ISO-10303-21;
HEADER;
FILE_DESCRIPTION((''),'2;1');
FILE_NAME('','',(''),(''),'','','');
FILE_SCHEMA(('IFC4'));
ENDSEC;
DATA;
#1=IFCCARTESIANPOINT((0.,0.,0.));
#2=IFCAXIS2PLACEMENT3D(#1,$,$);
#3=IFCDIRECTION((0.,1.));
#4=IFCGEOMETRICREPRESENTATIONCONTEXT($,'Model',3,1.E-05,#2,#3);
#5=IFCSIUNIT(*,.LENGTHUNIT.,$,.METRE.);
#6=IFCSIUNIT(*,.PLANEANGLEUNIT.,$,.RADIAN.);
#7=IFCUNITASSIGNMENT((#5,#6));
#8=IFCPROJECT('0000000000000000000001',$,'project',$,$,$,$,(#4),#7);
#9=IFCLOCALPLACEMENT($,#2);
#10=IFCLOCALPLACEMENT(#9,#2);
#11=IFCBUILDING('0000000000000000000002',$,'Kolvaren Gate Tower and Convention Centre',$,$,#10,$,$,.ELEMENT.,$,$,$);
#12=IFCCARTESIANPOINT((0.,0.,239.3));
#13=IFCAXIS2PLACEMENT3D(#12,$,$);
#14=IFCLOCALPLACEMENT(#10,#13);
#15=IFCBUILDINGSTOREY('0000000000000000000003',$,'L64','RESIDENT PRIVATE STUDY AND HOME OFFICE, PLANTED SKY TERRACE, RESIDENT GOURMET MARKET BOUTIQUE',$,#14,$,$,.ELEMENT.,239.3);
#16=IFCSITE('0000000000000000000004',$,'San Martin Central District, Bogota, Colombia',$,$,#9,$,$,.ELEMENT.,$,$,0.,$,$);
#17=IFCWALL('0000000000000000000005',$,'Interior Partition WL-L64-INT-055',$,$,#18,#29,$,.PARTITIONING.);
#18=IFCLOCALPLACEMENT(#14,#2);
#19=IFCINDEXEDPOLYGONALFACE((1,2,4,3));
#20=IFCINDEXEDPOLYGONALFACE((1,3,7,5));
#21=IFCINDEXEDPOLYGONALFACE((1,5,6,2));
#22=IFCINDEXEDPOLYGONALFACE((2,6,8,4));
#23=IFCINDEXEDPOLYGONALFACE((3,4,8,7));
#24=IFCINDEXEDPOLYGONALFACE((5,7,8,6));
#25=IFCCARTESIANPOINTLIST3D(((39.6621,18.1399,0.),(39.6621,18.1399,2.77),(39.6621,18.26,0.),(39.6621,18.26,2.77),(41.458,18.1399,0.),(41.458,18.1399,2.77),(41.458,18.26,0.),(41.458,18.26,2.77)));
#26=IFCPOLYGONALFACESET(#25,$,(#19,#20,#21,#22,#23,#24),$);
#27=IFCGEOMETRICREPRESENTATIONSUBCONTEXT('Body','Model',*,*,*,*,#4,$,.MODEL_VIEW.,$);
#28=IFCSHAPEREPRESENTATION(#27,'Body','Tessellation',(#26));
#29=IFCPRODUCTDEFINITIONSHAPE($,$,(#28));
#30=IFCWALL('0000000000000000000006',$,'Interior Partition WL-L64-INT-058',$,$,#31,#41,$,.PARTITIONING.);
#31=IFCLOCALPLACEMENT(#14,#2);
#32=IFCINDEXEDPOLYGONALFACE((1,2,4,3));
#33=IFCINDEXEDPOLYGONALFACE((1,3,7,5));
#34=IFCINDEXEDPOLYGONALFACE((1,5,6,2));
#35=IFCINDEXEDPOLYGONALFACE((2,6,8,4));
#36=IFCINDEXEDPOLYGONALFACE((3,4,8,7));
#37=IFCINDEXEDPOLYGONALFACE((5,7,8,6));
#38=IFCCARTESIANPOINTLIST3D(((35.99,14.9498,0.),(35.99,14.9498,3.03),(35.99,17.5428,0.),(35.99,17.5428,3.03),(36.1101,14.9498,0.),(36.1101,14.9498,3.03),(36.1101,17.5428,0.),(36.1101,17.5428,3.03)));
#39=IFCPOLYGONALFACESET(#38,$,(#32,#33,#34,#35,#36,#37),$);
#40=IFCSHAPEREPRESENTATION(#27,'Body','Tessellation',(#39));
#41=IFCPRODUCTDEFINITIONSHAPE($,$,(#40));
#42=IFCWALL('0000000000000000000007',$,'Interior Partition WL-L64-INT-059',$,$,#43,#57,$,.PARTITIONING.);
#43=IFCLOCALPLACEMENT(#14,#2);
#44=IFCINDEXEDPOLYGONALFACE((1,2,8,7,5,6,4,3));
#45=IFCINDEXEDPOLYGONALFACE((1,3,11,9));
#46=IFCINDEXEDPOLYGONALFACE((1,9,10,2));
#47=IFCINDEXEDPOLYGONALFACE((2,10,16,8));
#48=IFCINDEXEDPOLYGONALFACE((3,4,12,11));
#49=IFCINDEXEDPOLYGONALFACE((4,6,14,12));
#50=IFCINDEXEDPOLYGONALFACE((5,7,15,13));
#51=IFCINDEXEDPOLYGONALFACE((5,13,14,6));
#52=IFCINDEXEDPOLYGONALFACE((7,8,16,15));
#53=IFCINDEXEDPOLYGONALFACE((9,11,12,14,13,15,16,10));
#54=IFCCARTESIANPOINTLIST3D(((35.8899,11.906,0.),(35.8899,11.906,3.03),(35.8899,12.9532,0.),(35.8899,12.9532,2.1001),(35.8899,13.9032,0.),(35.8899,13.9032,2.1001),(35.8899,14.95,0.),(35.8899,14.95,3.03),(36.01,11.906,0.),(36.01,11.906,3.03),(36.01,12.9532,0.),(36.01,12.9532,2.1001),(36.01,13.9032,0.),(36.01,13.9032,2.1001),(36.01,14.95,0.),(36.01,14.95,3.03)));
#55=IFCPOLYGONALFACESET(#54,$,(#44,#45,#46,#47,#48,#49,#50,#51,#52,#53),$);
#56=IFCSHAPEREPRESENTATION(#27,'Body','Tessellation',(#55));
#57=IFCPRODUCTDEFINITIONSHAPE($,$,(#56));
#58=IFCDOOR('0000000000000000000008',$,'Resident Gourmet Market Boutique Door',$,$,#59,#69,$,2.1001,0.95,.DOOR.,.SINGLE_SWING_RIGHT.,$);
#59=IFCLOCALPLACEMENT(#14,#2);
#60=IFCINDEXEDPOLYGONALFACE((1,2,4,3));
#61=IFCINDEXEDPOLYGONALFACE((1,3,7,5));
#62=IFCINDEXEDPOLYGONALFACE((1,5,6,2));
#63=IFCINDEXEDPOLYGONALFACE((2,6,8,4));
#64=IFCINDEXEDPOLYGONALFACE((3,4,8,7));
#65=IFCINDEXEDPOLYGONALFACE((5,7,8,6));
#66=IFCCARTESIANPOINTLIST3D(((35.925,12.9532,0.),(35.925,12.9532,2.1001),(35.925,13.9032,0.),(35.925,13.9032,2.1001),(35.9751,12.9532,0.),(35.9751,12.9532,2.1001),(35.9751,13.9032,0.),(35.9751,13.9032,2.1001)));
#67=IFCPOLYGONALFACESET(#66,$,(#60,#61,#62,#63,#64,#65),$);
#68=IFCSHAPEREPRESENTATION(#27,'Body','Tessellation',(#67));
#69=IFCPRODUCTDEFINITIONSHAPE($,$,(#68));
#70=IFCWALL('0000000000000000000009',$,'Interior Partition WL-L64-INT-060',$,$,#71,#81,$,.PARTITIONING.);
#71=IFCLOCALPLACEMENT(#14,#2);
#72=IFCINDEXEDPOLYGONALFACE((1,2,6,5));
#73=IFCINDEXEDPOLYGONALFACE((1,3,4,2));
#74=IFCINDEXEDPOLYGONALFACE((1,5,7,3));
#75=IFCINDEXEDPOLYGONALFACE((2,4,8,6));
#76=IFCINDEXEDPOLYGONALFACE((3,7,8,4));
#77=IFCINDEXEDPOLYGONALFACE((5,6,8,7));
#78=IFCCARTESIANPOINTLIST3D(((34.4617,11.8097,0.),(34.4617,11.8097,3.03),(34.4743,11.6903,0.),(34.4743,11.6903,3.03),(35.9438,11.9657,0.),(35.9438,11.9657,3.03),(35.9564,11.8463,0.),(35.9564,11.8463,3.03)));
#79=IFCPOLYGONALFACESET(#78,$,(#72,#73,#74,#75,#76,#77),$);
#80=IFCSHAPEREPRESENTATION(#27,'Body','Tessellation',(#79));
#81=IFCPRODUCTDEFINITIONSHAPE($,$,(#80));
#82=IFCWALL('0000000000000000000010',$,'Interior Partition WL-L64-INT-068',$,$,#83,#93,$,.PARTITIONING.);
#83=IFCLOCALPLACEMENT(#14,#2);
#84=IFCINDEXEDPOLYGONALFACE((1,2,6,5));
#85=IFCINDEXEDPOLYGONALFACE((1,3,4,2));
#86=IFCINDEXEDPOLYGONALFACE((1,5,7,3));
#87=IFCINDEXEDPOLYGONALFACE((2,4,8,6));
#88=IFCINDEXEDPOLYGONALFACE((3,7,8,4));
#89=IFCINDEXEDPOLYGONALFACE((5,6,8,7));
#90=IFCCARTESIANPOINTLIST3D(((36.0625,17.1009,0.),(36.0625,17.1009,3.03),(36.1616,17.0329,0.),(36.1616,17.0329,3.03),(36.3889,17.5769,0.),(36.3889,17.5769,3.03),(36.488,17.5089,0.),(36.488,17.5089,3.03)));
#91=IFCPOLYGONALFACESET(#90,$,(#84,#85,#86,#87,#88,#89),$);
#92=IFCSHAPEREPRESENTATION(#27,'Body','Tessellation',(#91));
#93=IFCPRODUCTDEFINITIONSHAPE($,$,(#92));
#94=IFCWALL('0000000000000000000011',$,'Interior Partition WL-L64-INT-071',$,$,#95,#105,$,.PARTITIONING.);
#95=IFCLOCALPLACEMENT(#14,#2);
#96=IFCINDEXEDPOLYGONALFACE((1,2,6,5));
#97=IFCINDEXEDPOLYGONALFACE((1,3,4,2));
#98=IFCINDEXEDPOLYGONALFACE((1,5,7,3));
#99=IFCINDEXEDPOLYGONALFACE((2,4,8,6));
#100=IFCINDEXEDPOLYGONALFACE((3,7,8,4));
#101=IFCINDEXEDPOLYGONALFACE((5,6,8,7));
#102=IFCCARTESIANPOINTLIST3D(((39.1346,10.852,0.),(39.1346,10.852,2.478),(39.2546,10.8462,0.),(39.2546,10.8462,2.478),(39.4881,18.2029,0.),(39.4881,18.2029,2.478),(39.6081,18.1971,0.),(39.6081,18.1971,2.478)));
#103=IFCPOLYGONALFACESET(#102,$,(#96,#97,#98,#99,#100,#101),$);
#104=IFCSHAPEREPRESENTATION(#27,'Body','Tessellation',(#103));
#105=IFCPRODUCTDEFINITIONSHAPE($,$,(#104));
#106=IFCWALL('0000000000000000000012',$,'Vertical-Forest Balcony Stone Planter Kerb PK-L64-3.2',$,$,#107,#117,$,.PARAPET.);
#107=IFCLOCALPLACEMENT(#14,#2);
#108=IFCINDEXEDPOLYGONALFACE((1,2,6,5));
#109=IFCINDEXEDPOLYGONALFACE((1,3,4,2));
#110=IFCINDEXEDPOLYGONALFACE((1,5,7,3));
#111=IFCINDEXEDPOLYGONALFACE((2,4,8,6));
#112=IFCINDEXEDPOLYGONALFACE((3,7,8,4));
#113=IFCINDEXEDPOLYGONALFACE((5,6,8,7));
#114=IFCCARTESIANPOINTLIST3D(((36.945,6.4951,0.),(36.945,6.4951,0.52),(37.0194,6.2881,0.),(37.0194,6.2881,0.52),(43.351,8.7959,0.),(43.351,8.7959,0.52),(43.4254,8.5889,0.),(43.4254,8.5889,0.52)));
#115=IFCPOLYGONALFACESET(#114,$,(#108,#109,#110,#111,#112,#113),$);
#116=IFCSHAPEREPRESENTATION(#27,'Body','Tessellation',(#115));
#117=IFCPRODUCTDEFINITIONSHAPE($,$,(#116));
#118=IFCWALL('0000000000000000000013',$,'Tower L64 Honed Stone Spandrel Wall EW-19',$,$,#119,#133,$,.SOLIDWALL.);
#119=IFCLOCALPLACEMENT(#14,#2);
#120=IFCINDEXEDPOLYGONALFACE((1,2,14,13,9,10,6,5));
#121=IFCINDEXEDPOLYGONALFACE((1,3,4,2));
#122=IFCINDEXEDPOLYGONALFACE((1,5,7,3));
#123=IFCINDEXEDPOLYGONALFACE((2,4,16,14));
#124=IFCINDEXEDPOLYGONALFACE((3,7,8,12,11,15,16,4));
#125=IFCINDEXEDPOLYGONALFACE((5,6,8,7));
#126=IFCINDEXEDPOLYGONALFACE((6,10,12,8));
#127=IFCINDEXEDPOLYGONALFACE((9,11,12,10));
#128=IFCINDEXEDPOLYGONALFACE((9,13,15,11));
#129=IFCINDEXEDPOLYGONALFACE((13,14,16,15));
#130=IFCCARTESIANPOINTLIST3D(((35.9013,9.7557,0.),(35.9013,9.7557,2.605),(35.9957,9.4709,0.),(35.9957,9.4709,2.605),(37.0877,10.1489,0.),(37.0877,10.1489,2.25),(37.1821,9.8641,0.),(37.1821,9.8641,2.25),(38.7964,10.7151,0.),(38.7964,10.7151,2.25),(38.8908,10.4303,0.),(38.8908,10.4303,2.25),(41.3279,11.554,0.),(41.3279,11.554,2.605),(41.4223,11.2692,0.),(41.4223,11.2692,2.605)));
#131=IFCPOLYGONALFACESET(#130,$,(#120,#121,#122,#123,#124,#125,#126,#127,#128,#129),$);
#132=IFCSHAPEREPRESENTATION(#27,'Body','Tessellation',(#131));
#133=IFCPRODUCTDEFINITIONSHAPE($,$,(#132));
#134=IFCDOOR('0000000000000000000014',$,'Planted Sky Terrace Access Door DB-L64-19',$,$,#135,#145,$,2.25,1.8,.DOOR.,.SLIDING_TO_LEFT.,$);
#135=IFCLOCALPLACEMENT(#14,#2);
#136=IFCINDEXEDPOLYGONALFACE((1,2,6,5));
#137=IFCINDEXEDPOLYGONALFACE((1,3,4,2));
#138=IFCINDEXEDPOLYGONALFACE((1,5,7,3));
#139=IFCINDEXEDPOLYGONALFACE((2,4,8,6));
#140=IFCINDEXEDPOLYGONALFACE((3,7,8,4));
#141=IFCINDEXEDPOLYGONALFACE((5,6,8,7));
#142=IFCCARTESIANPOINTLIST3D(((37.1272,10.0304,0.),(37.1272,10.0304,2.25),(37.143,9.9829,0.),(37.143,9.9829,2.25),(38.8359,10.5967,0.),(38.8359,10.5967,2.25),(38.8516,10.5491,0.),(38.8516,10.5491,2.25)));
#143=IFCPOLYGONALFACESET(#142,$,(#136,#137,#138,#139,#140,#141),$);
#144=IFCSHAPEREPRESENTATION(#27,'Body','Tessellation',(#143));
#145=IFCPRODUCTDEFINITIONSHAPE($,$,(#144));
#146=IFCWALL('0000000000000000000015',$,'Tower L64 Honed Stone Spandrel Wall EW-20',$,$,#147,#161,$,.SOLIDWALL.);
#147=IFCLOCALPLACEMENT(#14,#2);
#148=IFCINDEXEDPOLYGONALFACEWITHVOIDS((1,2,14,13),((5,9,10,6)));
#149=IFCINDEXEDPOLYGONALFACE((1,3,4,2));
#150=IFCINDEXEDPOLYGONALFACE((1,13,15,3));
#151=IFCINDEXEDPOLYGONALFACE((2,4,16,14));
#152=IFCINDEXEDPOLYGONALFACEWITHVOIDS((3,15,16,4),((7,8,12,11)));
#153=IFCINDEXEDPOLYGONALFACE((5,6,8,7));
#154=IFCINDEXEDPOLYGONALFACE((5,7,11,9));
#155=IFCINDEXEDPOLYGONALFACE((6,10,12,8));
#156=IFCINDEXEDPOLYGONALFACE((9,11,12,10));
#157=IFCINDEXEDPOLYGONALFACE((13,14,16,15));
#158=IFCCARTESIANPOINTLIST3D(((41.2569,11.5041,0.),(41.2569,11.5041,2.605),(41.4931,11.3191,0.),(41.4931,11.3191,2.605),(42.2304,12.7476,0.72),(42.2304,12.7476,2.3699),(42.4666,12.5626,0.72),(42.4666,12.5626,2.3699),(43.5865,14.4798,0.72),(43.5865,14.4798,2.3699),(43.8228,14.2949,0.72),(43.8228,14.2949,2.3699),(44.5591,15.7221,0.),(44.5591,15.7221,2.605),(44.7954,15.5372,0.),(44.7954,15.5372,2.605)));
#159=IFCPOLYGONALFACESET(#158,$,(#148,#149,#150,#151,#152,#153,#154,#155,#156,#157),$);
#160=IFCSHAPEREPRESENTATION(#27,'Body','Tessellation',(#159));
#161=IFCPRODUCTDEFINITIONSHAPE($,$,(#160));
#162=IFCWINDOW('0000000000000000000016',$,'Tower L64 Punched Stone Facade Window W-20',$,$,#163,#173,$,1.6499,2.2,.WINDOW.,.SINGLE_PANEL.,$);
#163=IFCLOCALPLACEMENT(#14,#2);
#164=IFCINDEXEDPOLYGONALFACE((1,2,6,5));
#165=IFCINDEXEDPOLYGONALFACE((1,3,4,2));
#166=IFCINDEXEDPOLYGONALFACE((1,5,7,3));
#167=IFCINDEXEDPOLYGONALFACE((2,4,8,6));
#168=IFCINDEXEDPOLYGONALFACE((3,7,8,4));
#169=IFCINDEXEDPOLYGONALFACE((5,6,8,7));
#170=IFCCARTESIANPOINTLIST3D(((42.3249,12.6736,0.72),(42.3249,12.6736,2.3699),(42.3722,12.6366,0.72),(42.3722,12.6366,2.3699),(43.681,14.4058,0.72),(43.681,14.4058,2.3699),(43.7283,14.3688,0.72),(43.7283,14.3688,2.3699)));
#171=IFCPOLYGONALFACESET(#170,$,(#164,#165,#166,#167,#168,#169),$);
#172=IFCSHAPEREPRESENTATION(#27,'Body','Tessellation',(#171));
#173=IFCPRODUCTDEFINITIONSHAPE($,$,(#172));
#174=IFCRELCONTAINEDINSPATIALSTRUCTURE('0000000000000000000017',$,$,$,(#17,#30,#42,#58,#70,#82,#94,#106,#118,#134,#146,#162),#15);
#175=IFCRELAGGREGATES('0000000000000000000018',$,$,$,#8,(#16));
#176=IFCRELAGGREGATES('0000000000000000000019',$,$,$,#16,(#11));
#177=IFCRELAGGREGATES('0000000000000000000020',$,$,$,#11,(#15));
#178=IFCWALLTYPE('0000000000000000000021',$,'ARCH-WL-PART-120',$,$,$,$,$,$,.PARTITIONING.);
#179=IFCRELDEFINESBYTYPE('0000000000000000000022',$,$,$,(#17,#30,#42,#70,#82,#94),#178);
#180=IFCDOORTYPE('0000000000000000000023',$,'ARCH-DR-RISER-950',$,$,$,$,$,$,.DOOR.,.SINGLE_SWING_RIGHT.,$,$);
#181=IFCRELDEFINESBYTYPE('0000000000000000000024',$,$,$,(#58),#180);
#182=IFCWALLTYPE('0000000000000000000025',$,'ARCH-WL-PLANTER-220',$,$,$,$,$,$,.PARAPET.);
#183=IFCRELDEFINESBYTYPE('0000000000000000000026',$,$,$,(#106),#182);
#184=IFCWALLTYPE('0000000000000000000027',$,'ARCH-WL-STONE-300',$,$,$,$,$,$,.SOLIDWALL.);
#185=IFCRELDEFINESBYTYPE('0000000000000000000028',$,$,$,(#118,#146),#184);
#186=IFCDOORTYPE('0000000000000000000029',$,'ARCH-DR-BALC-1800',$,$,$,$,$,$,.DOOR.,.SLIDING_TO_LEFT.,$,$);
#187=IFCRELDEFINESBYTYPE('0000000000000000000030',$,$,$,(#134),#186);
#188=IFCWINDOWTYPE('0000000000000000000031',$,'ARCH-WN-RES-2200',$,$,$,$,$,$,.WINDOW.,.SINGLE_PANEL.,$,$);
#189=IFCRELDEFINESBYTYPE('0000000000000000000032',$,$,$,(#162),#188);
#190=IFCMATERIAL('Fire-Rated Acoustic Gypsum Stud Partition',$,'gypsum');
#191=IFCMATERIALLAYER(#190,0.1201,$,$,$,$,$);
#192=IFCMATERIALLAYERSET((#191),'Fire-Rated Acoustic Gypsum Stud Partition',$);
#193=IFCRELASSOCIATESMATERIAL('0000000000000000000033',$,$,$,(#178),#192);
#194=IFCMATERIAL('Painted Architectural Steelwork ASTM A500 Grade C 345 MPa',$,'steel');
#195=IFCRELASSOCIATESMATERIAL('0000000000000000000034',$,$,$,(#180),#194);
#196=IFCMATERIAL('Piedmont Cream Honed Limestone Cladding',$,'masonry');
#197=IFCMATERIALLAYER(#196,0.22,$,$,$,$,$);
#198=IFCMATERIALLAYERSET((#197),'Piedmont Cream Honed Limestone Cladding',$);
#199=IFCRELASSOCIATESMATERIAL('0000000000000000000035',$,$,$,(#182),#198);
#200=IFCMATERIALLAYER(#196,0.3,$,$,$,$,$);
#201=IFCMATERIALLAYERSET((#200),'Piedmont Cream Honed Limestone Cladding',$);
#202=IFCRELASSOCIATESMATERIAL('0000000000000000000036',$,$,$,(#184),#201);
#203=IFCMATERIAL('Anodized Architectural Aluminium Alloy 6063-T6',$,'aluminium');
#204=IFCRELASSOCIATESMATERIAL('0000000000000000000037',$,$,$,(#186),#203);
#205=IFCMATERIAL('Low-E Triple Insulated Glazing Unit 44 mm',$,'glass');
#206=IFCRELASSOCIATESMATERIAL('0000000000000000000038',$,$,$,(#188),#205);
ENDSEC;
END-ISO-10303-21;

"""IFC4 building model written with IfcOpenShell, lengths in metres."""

from ifc_helpers import new_model, si_unit, direction, frame, frame_2d, origin, place, context, subcontext, project, spatial, rectangle, extrude, material, layer, layer_set, type_object, element, fill, save


model = new_model("IFC4")

# Units and contexts
model_context = context("Model", 3, precision=1e-05, world=origin(), true_north=direction((0.0, 1.0)))
body_context = subcontext(model_context, "Body", "Model", "MODEL_VIEW")
ifc_project = project(units=[si_unit("LENGTHUNIT", "METRE"), si_unit("PLANEANGLEUNIT", "RADIAN")], contexts=[model_context])

# Site, building, storey
site_placement = place(None, origin())
site = spatial("IfcSite", under=ifc_project, at=site_placement, Name="San Martin Central District, Bogota, Colombia", CompositionType="ELEMENT", RefElevation=0.0)
building_placement = place(site_placement, origin())
building = spatial("IfcBuilding", under=site, at=building_placement, Name="Kolvaren Gate Tower and Convention Centre", CompositionType="ELEMENT")
storey_placement = place(building_placement, frame((0.0, 0.0, 239.3)))
storey = spatial("IfcBuildingStorey", under=building, at=storey_placement, Name="L64", Description="RESIDENT PRIVATE STUDY AND HOME OFFICE, PLANTED SKY TERRACE, RESIDENT GOURMET MARKET BOUTIQUE", CompositionType="ELEMENT", Elevation=239.3)

# Walls
ifc_material_1 = material(Name="Fire-Rated Acoustic Gypsum Stud Partition", Category="gypsum")
ifc_layer_1 = layer(ifc_material_1, 0.1201)
ifc_layer_set_1 = layer_set([ifc_layer_1], Name="Fire-Rated Acoustic Gypsum Stud Partition")
wall_type_1 = type_object("IfcWallType", Name="ARCH-WL-PART-120", PredefinedType="PARTITIONING", material=ifc_layer_set_1)
wall_1_placement = place(storey_placement, frame((39.6621, 18.2, 0.0), z_axis=(0.0, 0.0, 1.0), x_axis=(1.0, 0.0, 0.0)))
element("IfcWall", 1, at=wall_1_placement, inside=storey, type_object=wall_type_1, Name="Interior Partition WL-L64-INT-055", PredefinedType="PARTITIONING", context=body_context, shape_type="SweptSolid", body=[
    extrude(rectangle(XDim=1.7959, YDim=0.1201, at=frame_2d((0.8979, 0.0))), origin(), (0.0, 0.0, 1.0), 2.77),
])
wall_2_placement = place(storey_placement, frame((36.05, 14.95, 0.0), z_axis=(0.0, 0.0, 1.0), x_axis=(0.0, 1.0, 0.0)))
element("IfcWall", 2, at=wall_2_placement, inside=storey, type_object=wall_type_1, Name="Interior Partition WL-L64-INT-058", PredefinedType="PARTITIONING", context=body_context, shape_type="SweptSolid", body=[
    extrude(rectangle(XDim=2.593, YDim=0.1201, at=frame_2d((1.2964, 0.0))), origin(), (0.0, 0.0, 1.0), 3.03),
])

# Wall, opening, door
wall_3_placement = place(storey_placement, frame((35.95, 11.906, 0.0), z_axis=(0.0, 0.0, 1.0), x_axis=(0.0, 1.0, 0.0)))
wall_3 = element("IfcWall", 3, at=wall_3_placement, inside=storey, type_object=wall_type_1, Name="Interior Partition WL-L64-INT-059", PredefinedType="PARTITIONING", context=body_context, shape_type="SweptSolid", body=[
    extrude(rectangle(XDim=3.0439, YDim=0.1201, at=frame_2d((1.522, 0.0))), origin(), (0.0, 0.0, 1.0), 3.03),
])
opening_1_placement = place(wall_3_placement, frame((1.0471, 0.0, 0.0)))
opening_1 = element("IfcOpeningElement", 4, at=opening_1_placement, cuts=wall_3, PredefinedType="OPENING", context=body_context, shape_type="SweptSolid", body=[
    extrude(rectangle(XDim=0.95, YDim=2.1001, at=frame_2d((0.4751, 1.05))), frame((0.0, 0.0701, 0.0), z_axis=(0.0, -1.0, 0.0), x_axis=(1.0, 0.0, 0.0)), (0.0, 0.0, 1.0), 0.1401),
])
ifc_material_2 = material(Name="Painted Architectural Steelwork ASTM A500 Grade C 345 MPa", Category="steel")
door_type_1 = type_object("IfcDoorType", Name="ARCH-DR-RISER-950", OperationType="SINGLE_SWING_RIGHT", PredefinedType="DOOR", material=ifc_material_2)
door_1_placement = place(opening_1_placement, origin())
door_1 = element("IfcDoor", 5, at=door_1_placement, inside=storey, type_object=door_type_1, Name="Resident Gourmet Market Boutique Door", OperationType="SINGLE_SWING_RIGHT", OverallHeight=2.1001, OverallWidth=0.95, PredefinedType="DOOR", context=body_context, shape_type="SweptSolid", body=[
    extrude(rectangle(XDim=0.95, YDim=2.1001, at=frame_2d((0.4751, 1.05))), frame((0.0, 0.0249, 0.0), z_axis=(0.0, -1.0, 0.0), x_axis=(1.0, 0.0, 0.0)), (0.0, 0.0, 1.0), 0.05),
])
fill(opening_1, door_1)

# Walls
wall_4_placement = place(storey_placement, frame((34.468, 11.75, 0.0), z_axis=(0.0, 0.0, 1.0), x_axis=(0.994505, 0.104693, 0.0)))
element("IfcWall", 6, at=wall_4_placement, inside=storey, type_object=wall_type_1, Name="Interior Partition WL-L64-INT-060", PredefinedType="PARTITIONING", context=body_context, shape_type="SweptSolid", body=[
    extrude(rectangle(XDim=1.4902, YDim=0.1201, at=frame_2d((0.7451, 0.0))), origin(), (0.0, 0.0, 1.0), 3.03),
])
wall_5_placement = place(storey_placement, frame((36.1121, 17.0669, 0.0), z_axis=(0.0, 0.0, 1.0), x_axis=(0.565487, 0.824757, 0.0)))
element("IfcWall", 7, at=wall_5_placement, inside=storey, type_object=wall_type_1, Name="Interior Partition WL-L64-INT-068", PredefinedType="PARTITIONING", context=body_context, shape_type="SweptSolid", body=[
    extrude(rectangle(XDim=0.5771, YDim=0.1201, at=frame_2d((0.2886, 0.0))), origin(), (0.0, 0.0, 1.0), 3.03),
])
wall_6_placement = place(storey_placement, frame((39.1946, 10.8491, 0.0), z_axis=(0.0, 0.0, 1.0), x_axis=(0.048036, 0.998846, 0.0)))
element("IfcWall", 8, at=wall_6_placement, inside=storey, type_object=wall_type_1, Name="Interior Partition WL-L64-INT-071", PredefinedType="PARTITIONING", context=body_context, shape_type="SweptSolid", body=[
    extrude(rectangle(XDim=7.3594, YDim=0.1201, at=frame_2d((3.6797, 0.0))), origin(), (0.0, 0.0, 1.0), 2.478),
])
ifc_material_3 = material(Name="Piedmont Cream Honed Limestone Cladding", Category="masonry")
ifc_layer_2 = layer(ifc_material_3, 0.22)
ifc_layer_set_2 = layer_set([ifc_layer_2], Name="Piedmont Cream Honed Limestone Cladding")
wall_type_2 = type_object("IfcWallType", Name="ARCH-WL-PLANTER-220", PredefinedType="PARAPET", material=ifc_layer_set_2)
wall_7_placement = place(storey_placement, frame((36.9822, 6.3916, 0.0), z_axis=(0.0, 0.0, 1.0), x_axis=(0.941139, 0.33802, 0.0)))
element("IfcWall", 9, at=wall_7_placement, inside=storey, type_object=wall_type_2, Name="Vertical-Forest Balcony Stone Planter Kerb PK-L64-3.2", PredefinedType="PARAPET", context=body_context, shape_type="SweptSolid", body=[
    extrude(rectangle(XDim=6.8066, YDim=0.22, at=frame_2d((3.4033, 0.0))), origin(), (0.0, 0.0, 1.0), 0.52),
])

# Wall, opening, door
ifc_layer_3 = layer(ifc_material_3, 0.3)
ifc_layer_set_3 = layer_set([ifc_layer_3], Name="Piedmont Cream Honed Limestone Cladding")
wall_type_3 = type_object("IfcWallType", Name="ARCH-WL-STONE-300", PredefinedType="SOLIDWALL", material=ifc_layer_set_3)
wall_8_placement = place(storey_placement, frame((35.9485, 9.6133, 0.0), z_axis=(0.0, 0.0, 1.0), x_axis=(0.949233, 0.314575, 0.0)))
wall_8 = element("IfcWall", 10, at=wall_8_placement, inside=storey, type_object=wall_type_3, Name="Tower L64 Honed Stone Spandrel Wall EW-19", PredefinedType="SOLIDWALL", context=body_context, shape_type="SweptSolid", body=[
    extrude(rectangle(XDim=5.7168, YDim=0.3, at=frame_2d((2.8584, 0.0))), origin(), (0.0, 0.0, 1.0), 2.605),
])
opening_2_placement = place(wall_8_placement, frame((1.25, 0.0, 0.0)))
opening_2 = element("IfcOpeningElement", 11, at=opening_2_placement, cuts=wall_8, PredefinedType="OPENING", context=body_context, shape_type="SweptSolid", body=[
    extrude(rectangle(XDim=1.8, YDim=2.25, at=frame_2d((0.8999, 1.125))), frame((0.0, 0.1599, 0.0), z_axis=(0.0, -1.0, 0.0), x_axis=(1.0, 0.0, 0.0)), (0.0, 0.0, 1.0), 0.3201),
])
ifc_material_4 = material(Name="Anodized Architectural Aluminium Alloy 6063-T6", Category="aluminium")
door_type_2 = type_object("IfcDoorType", Name="ARCH-DR-BALC-1800", OperationType="SLIDING_TO_LEFT", PredefinedType="DOOR", material=ifc_material_4)
door_2_placement = place(opening_2_placement, frame((1.8, 0.0, 0.0), z_axis=(0.0, 0.0, 1.0), x_axis=(-1.0, 0.0, 0.0)))
door_2 = element("IfcDoor", 12, at=door_2_placement, inside=storey, type_object=door_type_2, Name="Planted Sky Terrace Access Door DB-L64-19", OperationType="SLIDING_TO_LEFT", OverallHeight=2.25, OverallWidth=1.8, PredefinedType="DOOR", context=body_context, shape_type="SweptSolid", body=[
    extrude(rectangle(XDim=1.8, YDim=2.25, at=frame_2d((0.8999, 1.125))), frame((0.0, 0.0249, 0.0), z_axis=(0.0, -1.0, 0.0), x_axis=(1.0, 0.0, 0.0)), (0.0, 0.0, 1.0), 0.05),
])
fill(opening_2, door_2)

# Wall, opening, window
wall_9_placement = place(storey_placement, frame((41.375, 11.4116, 0.0), z_axis=(0.0, 0.0, 1.0), x_axis=(0.616446, 0.787397, 0.0)))
wall_9 = element("IfcWall", 13, at=wall_9_placement, inside=storey, type_object=wall_type_3, Name="Tower L64 Honed Stone Spandrel Wall EW-20", PredefinedType="SOLIDWALL", context=body_context, shape_type="SweptSolid", body=[
    extrude(rectangle(XDim=5.3569, YDim=0.3, at=frame_2d((2.6785, 0.0))), origin(), (0.0, 0.0, 1.0), 2.605),
])
opening_3_placement = place(wall_9_placement, frame((1.5791, 0.0, 0.72)))
opening_3 = element("IfcOpeningElement", 14, at=opening_3_placement, cuts=wall_9, PredefinedType="OPENING", context=body_context, shape_type="SweptSolid", body=[
    extrude(rectangle(XDim=2.2, YDim=1.6499, at=frame_2d((1.1001, 0.825))), frame((0.0, 0.1599, 0.0), z_axis=(0.0, -1.0, 0.0), x_axis=(1.0, 0.0, 0.0)), (0.0, 0.0, 1.0), 0.3201),
])
ifc_material_5 = material(Name="Low-E Triple Insulated Glazing Unit 44 mm", Category="glass")
window_type = type_object("IfcWindowType", Name="ARCH-WN-RES-2200", PartitioningType="SINGLE_PANEL", PredefinedType="WINDOW", material=ifc_material_5)
window_placement = place(opening_3_placement, origin())
window = element("IfcWindow", 15, at=window_placement, inside=storey, type_object=window_type, Name="Tower L64 Punched Stone Facade Window W-20", OverallHeight=1.6499, OverallWidth=2.2, PartitioningType="SINGLE_PANEL", PredefinedType="WINDOW", context=body_context, shape_type="SweptSolid", body=[
    extrude(rectangle(XDim=2.2, YDim=1.6499, at=frame_2d((1.1001, 0.825))), frame((0.0, 0.03, 0.0), z_axis=(0.0, -1.0, 0.0), x_axis=(1.0, 0.0, 0.0)), (0.0, 0.0, 1.0), 0.0601),
])
fill(opening_3, window)

save(model, "model.ifc")
